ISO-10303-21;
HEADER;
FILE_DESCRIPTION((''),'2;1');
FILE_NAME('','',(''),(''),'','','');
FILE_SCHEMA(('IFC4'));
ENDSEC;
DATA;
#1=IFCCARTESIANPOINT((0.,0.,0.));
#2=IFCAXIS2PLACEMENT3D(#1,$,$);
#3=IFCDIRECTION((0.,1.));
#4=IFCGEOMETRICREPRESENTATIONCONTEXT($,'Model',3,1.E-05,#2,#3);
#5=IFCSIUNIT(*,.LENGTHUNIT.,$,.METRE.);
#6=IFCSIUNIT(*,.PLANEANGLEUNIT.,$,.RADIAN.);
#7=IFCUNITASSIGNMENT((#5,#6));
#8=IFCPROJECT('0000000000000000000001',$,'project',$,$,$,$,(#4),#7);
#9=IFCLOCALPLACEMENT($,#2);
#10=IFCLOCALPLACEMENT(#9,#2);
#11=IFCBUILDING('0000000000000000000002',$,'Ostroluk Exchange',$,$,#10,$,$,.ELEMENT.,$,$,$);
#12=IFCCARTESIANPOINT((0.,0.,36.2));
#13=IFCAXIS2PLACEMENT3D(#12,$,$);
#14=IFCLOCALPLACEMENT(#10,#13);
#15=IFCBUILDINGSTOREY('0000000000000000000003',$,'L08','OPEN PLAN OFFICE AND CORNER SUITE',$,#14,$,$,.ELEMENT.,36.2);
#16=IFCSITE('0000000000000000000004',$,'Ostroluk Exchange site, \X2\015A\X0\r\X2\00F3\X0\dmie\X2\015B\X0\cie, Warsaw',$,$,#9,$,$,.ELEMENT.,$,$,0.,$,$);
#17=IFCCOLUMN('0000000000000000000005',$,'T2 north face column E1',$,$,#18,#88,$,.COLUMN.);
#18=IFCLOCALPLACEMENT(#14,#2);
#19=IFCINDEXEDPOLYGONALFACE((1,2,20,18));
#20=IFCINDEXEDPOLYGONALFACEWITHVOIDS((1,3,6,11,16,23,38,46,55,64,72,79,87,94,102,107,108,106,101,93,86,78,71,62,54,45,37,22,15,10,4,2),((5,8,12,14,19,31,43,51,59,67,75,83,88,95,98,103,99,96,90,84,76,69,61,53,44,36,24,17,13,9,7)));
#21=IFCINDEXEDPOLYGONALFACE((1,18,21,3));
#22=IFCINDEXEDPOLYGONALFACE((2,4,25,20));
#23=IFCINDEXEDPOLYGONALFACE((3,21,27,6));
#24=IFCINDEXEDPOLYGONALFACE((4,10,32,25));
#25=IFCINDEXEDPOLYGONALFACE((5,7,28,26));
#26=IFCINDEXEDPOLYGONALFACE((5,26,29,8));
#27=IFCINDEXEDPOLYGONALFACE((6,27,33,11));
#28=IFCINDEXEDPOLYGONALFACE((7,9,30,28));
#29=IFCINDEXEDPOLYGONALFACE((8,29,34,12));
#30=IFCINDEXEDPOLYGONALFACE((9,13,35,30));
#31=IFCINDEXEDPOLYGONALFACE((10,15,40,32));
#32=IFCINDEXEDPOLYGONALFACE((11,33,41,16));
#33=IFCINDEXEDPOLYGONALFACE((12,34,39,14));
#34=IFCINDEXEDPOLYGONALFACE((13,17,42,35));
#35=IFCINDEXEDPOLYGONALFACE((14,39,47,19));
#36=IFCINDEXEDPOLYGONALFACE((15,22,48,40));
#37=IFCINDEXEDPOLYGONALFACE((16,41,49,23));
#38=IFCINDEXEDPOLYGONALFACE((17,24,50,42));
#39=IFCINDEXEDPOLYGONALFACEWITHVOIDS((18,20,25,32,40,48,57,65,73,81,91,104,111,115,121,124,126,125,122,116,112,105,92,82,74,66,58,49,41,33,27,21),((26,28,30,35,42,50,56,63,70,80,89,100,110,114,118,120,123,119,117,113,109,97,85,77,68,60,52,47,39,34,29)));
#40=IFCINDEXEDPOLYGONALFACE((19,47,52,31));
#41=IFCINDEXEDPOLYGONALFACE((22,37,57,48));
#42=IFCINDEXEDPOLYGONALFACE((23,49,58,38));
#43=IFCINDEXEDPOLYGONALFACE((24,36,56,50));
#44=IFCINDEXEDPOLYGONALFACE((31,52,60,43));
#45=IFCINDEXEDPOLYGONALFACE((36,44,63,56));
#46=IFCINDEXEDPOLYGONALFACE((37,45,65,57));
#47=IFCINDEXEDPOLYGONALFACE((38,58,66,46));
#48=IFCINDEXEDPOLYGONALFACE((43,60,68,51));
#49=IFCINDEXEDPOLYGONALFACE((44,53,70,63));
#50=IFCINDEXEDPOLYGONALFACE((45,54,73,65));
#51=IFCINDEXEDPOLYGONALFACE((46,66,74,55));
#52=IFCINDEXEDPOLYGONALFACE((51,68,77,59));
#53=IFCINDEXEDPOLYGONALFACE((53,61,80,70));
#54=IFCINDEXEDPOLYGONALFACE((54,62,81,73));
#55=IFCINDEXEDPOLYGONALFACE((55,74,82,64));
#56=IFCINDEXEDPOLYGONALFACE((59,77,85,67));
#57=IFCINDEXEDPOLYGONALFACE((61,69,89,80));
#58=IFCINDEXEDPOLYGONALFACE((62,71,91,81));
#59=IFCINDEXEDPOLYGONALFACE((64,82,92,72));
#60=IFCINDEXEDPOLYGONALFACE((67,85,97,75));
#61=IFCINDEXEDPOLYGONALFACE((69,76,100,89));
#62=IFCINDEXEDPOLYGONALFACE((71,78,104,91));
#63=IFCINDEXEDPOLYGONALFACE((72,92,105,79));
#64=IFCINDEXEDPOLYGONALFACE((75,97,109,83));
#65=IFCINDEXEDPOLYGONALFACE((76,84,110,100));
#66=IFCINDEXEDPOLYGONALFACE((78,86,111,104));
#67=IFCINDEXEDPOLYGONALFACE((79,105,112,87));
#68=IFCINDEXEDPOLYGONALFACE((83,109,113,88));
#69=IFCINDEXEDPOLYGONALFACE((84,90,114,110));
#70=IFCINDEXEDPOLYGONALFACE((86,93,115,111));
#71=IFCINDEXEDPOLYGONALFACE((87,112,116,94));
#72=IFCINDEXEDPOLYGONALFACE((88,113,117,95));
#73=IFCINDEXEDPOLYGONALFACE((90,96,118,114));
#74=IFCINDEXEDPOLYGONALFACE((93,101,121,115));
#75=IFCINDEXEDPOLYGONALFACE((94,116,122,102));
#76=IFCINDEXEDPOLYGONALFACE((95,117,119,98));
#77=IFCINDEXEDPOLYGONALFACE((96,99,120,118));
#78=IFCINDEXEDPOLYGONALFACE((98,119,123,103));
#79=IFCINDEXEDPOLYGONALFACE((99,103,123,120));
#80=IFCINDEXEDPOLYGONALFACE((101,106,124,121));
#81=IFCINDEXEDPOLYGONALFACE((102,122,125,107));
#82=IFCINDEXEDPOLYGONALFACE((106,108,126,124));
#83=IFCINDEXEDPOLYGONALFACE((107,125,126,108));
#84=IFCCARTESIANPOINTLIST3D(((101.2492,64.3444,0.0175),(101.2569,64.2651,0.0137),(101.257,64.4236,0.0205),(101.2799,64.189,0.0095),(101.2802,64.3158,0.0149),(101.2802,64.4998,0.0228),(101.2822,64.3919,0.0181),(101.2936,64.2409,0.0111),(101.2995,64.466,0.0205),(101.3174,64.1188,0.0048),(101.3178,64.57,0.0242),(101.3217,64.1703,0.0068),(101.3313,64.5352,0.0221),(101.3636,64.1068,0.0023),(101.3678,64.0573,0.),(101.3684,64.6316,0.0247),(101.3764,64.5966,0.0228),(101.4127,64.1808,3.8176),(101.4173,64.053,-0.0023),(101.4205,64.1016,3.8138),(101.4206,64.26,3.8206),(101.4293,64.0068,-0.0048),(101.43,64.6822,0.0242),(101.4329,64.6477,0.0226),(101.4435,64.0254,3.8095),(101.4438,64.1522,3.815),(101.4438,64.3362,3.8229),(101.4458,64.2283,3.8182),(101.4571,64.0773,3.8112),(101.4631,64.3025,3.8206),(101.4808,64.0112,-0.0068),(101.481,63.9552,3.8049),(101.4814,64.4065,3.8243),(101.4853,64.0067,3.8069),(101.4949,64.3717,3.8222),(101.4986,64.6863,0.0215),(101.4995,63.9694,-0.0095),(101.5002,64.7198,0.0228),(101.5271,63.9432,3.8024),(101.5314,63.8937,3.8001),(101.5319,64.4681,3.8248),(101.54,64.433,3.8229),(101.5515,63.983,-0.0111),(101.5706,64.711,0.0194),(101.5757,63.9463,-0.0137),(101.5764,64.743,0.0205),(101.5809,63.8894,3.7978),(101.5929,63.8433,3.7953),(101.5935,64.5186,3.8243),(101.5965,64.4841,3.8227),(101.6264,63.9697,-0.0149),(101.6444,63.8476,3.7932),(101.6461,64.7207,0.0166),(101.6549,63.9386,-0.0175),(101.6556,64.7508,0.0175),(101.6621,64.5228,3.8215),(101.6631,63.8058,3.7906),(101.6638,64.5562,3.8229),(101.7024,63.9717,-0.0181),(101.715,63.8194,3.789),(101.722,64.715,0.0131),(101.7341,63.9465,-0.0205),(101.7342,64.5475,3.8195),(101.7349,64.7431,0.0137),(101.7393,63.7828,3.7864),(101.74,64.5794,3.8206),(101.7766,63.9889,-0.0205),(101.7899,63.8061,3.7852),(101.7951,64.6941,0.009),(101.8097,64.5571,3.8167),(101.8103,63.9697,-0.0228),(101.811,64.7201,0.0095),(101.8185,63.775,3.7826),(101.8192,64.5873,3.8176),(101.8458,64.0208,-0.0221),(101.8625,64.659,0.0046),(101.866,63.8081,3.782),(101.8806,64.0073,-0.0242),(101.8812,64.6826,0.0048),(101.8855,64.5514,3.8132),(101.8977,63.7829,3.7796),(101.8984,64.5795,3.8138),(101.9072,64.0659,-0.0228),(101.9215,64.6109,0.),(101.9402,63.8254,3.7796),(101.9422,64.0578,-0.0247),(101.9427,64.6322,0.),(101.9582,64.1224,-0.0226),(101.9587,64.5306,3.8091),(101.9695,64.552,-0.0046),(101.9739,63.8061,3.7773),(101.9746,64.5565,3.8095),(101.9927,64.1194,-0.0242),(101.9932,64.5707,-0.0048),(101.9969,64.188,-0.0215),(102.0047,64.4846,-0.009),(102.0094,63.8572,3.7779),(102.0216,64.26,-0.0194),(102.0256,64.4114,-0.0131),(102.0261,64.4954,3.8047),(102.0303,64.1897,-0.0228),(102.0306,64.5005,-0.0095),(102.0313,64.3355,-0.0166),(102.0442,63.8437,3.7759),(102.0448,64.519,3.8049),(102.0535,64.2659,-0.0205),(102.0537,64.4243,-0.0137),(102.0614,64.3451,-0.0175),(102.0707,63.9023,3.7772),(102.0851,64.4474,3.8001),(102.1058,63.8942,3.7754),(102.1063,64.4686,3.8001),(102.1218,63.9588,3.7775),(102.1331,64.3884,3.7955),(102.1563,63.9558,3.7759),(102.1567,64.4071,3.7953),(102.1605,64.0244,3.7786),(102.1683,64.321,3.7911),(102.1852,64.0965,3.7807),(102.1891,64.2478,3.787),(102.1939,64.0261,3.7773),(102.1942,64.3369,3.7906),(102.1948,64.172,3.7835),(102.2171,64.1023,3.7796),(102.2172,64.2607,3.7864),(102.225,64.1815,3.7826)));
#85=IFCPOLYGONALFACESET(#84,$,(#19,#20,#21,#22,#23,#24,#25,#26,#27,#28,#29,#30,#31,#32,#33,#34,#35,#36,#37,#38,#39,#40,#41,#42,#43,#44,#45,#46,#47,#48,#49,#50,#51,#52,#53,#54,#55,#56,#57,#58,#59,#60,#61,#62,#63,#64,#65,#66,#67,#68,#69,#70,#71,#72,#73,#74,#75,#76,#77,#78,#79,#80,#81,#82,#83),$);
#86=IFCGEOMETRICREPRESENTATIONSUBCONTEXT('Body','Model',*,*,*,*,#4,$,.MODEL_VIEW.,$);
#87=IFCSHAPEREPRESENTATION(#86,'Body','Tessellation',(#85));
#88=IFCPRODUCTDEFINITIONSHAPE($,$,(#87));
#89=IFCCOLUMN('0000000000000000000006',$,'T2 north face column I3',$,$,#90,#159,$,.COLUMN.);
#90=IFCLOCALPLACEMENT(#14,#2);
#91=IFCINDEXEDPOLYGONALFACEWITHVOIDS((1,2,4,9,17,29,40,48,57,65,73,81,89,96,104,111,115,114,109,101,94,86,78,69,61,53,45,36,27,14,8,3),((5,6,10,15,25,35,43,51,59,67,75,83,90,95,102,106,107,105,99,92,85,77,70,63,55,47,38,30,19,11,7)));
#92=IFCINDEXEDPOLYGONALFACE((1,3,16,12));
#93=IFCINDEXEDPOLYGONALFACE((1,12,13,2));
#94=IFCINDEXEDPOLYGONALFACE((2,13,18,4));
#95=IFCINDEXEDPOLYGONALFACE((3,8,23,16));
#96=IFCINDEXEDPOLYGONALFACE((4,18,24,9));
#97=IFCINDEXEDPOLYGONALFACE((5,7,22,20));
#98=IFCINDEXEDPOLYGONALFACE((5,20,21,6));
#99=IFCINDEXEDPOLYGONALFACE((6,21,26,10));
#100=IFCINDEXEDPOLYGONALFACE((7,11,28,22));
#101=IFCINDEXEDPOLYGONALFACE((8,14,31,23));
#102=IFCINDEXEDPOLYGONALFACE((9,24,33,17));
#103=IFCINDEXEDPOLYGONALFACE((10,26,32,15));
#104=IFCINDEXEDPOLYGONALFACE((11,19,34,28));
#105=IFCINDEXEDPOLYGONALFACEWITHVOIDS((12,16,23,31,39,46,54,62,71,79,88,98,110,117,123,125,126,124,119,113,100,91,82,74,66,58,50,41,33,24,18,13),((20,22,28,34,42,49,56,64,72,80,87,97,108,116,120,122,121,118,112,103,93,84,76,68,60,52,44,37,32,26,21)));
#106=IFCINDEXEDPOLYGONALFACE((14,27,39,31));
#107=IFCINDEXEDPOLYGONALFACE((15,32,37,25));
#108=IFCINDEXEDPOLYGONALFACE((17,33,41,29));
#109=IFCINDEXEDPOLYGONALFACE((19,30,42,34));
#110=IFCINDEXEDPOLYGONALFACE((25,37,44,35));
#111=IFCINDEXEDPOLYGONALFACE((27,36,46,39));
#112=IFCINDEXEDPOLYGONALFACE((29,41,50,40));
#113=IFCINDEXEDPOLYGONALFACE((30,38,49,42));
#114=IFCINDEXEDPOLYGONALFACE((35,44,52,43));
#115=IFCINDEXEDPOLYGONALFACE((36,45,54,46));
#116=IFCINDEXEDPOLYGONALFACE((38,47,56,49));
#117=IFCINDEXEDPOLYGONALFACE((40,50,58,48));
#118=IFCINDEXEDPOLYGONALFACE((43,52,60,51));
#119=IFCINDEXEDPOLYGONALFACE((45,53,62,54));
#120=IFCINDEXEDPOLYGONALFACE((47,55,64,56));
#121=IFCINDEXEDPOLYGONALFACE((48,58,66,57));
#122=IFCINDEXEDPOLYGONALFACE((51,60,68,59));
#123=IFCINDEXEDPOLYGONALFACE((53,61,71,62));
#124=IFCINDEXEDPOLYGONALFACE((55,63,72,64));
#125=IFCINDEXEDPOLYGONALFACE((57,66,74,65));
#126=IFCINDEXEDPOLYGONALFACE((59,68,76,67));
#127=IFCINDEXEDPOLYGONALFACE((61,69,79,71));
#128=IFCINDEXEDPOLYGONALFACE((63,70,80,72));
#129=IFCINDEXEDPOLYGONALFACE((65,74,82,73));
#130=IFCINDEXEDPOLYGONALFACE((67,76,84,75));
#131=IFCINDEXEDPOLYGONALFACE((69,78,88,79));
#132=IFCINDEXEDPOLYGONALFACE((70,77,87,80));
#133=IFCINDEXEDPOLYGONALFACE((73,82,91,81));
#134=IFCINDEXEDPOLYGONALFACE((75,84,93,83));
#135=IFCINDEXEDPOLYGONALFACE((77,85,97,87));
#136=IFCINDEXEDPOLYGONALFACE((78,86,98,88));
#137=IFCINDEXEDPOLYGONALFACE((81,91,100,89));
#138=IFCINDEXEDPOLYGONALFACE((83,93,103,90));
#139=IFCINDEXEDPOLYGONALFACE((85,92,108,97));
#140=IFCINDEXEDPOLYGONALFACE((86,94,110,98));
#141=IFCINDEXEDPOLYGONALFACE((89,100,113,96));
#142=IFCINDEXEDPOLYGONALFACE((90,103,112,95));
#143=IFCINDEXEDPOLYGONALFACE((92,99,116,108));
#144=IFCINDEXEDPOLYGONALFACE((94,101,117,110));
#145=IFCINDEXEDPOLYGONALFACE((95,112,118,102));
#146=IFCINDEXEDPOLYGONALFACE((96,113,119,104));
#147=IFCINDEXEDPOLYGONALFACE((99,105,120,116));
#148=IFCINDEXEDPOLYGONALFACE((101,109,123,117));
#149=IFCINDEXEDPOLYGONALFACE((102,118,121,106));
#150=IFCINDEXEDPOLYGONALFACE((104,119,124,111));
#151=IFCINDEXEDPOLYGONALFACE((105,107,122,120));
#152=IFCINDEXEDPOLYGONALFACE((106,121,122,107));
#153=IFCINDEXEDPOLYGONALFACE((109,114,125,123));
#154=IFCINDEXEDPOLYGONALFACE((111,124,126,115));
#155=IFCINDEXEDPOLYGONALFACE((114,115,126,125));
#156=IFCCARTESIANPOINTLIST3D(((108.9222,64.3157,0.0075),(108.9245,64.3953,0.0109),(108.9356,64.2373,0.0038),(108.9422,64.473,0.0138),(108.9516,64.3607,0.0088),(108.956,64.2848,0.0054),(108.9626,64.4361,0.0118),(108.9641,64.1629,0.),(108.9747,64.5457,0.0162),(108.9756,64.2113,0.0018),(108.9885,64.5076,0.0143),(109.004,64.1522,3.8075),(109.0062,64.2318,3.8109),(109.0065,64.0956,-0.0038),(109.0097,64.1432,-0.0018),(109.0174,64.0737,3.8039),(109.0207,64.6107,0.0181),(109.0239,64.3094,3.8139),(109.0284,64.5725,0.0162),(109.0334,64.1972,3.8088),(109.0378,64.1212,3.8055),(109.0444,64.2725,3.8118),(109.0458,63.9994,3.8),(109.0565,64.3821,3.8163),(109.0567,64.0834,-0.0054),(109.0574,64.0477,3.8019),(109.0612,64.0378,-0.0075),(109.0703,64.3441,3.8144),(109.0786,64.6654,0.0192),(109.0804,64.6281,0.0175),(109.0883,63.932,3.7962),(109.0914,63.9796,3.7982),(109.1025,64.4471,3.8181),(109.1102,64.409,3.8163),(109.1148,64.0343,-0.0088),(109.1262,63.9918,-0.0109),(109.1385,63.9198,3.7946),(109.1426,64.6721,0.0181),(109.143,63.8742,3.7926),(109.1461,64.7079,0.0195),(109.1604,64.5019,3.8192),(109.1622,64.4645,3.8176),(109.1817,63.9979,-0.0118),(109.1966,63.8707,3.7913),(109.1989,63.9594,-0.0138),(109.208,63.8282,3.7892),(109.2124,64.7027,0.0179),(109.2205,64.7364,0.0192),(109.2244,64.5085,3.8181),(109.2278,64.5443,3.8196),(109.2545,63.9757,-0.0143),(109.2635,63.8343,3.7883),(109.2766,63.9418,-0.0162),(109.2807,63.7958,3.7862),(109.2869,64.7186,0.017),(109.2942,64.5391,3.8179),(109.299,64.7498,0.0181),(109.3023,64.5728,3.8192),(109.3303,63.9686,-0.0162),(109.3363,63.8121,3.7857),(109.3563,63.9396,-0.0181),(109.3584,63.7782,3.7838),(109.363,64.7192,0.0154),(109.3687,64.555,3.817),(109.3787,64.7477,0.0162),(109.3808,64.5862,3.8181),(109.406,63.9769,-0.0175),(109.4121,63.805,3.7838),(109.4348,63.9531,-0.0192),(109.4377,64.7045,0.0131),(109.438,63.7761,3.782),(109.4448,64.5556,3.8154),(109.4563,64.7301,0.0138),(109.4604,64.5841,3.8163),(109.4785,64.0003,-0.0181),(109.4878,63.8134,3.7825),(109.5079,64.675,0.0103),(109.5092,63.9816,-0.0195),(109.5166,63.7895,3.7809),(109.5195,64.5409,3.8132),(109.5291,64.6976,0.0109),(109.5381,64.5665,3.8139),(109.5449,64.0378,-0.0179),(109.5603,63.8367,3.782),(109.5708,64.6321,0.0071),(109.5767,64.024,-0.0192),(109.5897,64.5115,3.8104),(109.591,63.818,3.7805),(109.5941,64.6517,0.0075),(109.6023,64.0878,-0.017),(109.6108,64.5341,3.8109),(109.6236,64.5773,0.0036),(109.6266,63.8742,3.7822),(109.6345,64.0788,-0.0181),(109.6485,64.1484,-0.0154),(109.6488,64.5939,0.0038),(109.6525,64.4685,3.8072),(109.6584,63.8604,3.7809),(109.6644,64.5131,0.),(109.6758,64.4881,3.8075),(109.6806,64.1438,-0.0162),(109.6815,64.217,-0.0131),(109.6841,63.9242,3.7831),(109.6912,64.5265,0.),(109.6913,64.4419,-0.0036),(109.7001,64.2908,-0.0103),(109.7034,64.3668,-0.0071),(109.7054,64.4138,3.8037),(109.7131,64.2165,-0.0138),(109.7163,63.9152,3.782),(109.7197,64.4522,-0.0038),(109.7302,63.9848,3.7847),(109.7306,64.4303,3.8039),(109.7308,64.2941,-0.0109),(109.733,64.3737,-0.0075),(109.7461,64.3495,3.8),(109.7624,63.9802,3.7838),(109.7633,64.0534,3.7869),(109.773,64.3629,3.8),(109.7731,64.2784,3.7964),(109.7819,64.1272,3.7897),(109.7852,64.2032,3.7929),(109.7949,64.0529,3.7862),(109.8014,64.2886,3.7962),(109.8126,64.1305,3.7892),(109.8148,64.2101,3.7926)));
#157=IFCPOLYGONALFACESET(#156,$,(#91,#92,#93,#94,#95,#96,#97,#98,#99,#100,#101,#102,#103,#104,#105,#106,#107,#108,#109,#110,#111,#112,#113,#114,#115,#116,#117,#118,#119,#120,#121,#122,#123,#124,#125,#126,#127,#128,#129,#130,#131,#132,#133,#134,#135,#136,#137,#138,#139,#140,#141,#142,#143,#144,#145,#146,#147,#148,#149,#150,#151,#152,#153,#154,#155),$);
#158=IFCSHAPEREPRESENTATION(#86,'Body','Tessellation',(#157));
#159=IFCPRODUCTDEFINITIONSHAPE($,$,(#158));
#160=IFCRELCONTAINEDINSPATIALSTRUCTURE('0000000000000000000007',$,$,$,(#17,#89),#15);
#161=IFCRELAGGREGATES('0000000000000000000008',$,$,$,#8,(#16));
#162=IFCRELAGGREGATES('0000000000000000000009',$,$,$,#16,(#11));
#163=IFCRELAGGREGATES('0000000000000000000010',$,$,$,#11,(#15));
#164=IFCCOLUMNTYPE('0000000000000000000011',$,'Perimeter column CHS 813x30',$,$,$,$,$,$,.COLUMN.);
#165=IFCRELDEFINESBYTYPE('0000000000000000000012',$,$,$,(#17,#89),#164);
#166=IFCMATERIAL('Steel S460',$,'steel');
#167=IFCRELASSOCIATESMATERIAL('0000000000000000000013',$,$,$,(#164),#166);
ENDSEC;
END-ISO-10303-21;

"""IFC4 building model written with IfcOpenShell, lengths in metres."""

from ifc_helpers import new_model, si_unit, direction, frame, origin, origin_2d, place, context, subcontext, project, spatial, hollow_circle, extrude, material, material_profile, profile_set, type_object, element, save


model = new_model("IFC4")

# Units and contexts
model_context = context("Model", 3, precision=1e-05, world=origin(), true_north=direction((0.0, 1.0)))
body_context = subcontext(model_context, "Body", "Model", "MODEL_VIEW")
ifc_project = project(units=[si_unit("LENGTHUNIT", "METRE"), si_unit("PLANEANGLEUNIT", "RADIAN")], contexts=[model_context])

# Site, building, storey
site_placement = place(None, origin())
site = spatial("IfcSite", under=ifc_project, at=site_placement, Name="Ostroluk Exchange site, Śródmieście, Warsaw", CompositionType="ELEMENT", RefElevation=0.0)
building_placement = place(site_placement, origin())
building = spatial("IfcBuilding", under=site, at=building_placement, Name="Ostroluk Exchange", CompositionType="ELEMENT")
storey_placement = place(building_placement, frame((0.0, 0.0, 36.2)))
storey = spatial("IfcBuildingStorey", under=building, at=storey_placement, Name="L08", Description="OPEN PLAN OFFICE AND CORNER SUITE", CompositionType="ELEMENT", Elevation=36.2)

# Columns
ifc_material_1 = material(Name="Steel S460", Category="steel")
ifc_material_profile_1 = material_profile(ifc_material_1, hollow_circle(Radius=0.4065, WallThickness=0.03, at=origin_2d()), Name="CHS 813x30")
ifc_profile_set_1 = profile_set([ifc_material_profile_1], Name="Steel S460")
column_type = type_object("IfcColumnType", Name="Perimeter column CHS 813x30", PredefinedType="COLUMN", material=ifc_profile_set_1)
column_1_placement = place(storey_placement, frame((101.6553, 64.3447, 0.0), z_axis=(0.042966, -0.042966, 0.998152), x_axis=(0.707107, 0.707107, 0.0)))
element("IfcColumn", 1, at=column_1_placement, inside=storey, type_object=column_type, Name="T2 north face column E1", PredefinedType="COLUMN", context=body_context, shape_type="SweptSolid", body=[
    extrude(hollow_circle(Radius=0.4065, WallThickness=0.03, at=origin_2d()), origin(), (0.0, 0.0, 1.0), 3.8071),
])
column_2_placement = place(storey_placement, frame((109.3276, 64.3447, 0.0), z_axis=(0.021498, -0.042996, 0.998844), x_axis=(0.894427, 0.447214, 0.0)))
element("IfcColumn", 2, at=column_2_placement, inside=storey, type_object=column_type, Name="T2 north face column I3", PredefinedType="COLUMN", context=body_context, shape_type="SweptSolid", body=[
    extrude(hollow_circle(Radius=0.4065, WallThickness=0.03, at=origin_2d()), origin(), (0.0, 0.0, 1.0), 3.8044),
])

save(model, "model.ifc")
